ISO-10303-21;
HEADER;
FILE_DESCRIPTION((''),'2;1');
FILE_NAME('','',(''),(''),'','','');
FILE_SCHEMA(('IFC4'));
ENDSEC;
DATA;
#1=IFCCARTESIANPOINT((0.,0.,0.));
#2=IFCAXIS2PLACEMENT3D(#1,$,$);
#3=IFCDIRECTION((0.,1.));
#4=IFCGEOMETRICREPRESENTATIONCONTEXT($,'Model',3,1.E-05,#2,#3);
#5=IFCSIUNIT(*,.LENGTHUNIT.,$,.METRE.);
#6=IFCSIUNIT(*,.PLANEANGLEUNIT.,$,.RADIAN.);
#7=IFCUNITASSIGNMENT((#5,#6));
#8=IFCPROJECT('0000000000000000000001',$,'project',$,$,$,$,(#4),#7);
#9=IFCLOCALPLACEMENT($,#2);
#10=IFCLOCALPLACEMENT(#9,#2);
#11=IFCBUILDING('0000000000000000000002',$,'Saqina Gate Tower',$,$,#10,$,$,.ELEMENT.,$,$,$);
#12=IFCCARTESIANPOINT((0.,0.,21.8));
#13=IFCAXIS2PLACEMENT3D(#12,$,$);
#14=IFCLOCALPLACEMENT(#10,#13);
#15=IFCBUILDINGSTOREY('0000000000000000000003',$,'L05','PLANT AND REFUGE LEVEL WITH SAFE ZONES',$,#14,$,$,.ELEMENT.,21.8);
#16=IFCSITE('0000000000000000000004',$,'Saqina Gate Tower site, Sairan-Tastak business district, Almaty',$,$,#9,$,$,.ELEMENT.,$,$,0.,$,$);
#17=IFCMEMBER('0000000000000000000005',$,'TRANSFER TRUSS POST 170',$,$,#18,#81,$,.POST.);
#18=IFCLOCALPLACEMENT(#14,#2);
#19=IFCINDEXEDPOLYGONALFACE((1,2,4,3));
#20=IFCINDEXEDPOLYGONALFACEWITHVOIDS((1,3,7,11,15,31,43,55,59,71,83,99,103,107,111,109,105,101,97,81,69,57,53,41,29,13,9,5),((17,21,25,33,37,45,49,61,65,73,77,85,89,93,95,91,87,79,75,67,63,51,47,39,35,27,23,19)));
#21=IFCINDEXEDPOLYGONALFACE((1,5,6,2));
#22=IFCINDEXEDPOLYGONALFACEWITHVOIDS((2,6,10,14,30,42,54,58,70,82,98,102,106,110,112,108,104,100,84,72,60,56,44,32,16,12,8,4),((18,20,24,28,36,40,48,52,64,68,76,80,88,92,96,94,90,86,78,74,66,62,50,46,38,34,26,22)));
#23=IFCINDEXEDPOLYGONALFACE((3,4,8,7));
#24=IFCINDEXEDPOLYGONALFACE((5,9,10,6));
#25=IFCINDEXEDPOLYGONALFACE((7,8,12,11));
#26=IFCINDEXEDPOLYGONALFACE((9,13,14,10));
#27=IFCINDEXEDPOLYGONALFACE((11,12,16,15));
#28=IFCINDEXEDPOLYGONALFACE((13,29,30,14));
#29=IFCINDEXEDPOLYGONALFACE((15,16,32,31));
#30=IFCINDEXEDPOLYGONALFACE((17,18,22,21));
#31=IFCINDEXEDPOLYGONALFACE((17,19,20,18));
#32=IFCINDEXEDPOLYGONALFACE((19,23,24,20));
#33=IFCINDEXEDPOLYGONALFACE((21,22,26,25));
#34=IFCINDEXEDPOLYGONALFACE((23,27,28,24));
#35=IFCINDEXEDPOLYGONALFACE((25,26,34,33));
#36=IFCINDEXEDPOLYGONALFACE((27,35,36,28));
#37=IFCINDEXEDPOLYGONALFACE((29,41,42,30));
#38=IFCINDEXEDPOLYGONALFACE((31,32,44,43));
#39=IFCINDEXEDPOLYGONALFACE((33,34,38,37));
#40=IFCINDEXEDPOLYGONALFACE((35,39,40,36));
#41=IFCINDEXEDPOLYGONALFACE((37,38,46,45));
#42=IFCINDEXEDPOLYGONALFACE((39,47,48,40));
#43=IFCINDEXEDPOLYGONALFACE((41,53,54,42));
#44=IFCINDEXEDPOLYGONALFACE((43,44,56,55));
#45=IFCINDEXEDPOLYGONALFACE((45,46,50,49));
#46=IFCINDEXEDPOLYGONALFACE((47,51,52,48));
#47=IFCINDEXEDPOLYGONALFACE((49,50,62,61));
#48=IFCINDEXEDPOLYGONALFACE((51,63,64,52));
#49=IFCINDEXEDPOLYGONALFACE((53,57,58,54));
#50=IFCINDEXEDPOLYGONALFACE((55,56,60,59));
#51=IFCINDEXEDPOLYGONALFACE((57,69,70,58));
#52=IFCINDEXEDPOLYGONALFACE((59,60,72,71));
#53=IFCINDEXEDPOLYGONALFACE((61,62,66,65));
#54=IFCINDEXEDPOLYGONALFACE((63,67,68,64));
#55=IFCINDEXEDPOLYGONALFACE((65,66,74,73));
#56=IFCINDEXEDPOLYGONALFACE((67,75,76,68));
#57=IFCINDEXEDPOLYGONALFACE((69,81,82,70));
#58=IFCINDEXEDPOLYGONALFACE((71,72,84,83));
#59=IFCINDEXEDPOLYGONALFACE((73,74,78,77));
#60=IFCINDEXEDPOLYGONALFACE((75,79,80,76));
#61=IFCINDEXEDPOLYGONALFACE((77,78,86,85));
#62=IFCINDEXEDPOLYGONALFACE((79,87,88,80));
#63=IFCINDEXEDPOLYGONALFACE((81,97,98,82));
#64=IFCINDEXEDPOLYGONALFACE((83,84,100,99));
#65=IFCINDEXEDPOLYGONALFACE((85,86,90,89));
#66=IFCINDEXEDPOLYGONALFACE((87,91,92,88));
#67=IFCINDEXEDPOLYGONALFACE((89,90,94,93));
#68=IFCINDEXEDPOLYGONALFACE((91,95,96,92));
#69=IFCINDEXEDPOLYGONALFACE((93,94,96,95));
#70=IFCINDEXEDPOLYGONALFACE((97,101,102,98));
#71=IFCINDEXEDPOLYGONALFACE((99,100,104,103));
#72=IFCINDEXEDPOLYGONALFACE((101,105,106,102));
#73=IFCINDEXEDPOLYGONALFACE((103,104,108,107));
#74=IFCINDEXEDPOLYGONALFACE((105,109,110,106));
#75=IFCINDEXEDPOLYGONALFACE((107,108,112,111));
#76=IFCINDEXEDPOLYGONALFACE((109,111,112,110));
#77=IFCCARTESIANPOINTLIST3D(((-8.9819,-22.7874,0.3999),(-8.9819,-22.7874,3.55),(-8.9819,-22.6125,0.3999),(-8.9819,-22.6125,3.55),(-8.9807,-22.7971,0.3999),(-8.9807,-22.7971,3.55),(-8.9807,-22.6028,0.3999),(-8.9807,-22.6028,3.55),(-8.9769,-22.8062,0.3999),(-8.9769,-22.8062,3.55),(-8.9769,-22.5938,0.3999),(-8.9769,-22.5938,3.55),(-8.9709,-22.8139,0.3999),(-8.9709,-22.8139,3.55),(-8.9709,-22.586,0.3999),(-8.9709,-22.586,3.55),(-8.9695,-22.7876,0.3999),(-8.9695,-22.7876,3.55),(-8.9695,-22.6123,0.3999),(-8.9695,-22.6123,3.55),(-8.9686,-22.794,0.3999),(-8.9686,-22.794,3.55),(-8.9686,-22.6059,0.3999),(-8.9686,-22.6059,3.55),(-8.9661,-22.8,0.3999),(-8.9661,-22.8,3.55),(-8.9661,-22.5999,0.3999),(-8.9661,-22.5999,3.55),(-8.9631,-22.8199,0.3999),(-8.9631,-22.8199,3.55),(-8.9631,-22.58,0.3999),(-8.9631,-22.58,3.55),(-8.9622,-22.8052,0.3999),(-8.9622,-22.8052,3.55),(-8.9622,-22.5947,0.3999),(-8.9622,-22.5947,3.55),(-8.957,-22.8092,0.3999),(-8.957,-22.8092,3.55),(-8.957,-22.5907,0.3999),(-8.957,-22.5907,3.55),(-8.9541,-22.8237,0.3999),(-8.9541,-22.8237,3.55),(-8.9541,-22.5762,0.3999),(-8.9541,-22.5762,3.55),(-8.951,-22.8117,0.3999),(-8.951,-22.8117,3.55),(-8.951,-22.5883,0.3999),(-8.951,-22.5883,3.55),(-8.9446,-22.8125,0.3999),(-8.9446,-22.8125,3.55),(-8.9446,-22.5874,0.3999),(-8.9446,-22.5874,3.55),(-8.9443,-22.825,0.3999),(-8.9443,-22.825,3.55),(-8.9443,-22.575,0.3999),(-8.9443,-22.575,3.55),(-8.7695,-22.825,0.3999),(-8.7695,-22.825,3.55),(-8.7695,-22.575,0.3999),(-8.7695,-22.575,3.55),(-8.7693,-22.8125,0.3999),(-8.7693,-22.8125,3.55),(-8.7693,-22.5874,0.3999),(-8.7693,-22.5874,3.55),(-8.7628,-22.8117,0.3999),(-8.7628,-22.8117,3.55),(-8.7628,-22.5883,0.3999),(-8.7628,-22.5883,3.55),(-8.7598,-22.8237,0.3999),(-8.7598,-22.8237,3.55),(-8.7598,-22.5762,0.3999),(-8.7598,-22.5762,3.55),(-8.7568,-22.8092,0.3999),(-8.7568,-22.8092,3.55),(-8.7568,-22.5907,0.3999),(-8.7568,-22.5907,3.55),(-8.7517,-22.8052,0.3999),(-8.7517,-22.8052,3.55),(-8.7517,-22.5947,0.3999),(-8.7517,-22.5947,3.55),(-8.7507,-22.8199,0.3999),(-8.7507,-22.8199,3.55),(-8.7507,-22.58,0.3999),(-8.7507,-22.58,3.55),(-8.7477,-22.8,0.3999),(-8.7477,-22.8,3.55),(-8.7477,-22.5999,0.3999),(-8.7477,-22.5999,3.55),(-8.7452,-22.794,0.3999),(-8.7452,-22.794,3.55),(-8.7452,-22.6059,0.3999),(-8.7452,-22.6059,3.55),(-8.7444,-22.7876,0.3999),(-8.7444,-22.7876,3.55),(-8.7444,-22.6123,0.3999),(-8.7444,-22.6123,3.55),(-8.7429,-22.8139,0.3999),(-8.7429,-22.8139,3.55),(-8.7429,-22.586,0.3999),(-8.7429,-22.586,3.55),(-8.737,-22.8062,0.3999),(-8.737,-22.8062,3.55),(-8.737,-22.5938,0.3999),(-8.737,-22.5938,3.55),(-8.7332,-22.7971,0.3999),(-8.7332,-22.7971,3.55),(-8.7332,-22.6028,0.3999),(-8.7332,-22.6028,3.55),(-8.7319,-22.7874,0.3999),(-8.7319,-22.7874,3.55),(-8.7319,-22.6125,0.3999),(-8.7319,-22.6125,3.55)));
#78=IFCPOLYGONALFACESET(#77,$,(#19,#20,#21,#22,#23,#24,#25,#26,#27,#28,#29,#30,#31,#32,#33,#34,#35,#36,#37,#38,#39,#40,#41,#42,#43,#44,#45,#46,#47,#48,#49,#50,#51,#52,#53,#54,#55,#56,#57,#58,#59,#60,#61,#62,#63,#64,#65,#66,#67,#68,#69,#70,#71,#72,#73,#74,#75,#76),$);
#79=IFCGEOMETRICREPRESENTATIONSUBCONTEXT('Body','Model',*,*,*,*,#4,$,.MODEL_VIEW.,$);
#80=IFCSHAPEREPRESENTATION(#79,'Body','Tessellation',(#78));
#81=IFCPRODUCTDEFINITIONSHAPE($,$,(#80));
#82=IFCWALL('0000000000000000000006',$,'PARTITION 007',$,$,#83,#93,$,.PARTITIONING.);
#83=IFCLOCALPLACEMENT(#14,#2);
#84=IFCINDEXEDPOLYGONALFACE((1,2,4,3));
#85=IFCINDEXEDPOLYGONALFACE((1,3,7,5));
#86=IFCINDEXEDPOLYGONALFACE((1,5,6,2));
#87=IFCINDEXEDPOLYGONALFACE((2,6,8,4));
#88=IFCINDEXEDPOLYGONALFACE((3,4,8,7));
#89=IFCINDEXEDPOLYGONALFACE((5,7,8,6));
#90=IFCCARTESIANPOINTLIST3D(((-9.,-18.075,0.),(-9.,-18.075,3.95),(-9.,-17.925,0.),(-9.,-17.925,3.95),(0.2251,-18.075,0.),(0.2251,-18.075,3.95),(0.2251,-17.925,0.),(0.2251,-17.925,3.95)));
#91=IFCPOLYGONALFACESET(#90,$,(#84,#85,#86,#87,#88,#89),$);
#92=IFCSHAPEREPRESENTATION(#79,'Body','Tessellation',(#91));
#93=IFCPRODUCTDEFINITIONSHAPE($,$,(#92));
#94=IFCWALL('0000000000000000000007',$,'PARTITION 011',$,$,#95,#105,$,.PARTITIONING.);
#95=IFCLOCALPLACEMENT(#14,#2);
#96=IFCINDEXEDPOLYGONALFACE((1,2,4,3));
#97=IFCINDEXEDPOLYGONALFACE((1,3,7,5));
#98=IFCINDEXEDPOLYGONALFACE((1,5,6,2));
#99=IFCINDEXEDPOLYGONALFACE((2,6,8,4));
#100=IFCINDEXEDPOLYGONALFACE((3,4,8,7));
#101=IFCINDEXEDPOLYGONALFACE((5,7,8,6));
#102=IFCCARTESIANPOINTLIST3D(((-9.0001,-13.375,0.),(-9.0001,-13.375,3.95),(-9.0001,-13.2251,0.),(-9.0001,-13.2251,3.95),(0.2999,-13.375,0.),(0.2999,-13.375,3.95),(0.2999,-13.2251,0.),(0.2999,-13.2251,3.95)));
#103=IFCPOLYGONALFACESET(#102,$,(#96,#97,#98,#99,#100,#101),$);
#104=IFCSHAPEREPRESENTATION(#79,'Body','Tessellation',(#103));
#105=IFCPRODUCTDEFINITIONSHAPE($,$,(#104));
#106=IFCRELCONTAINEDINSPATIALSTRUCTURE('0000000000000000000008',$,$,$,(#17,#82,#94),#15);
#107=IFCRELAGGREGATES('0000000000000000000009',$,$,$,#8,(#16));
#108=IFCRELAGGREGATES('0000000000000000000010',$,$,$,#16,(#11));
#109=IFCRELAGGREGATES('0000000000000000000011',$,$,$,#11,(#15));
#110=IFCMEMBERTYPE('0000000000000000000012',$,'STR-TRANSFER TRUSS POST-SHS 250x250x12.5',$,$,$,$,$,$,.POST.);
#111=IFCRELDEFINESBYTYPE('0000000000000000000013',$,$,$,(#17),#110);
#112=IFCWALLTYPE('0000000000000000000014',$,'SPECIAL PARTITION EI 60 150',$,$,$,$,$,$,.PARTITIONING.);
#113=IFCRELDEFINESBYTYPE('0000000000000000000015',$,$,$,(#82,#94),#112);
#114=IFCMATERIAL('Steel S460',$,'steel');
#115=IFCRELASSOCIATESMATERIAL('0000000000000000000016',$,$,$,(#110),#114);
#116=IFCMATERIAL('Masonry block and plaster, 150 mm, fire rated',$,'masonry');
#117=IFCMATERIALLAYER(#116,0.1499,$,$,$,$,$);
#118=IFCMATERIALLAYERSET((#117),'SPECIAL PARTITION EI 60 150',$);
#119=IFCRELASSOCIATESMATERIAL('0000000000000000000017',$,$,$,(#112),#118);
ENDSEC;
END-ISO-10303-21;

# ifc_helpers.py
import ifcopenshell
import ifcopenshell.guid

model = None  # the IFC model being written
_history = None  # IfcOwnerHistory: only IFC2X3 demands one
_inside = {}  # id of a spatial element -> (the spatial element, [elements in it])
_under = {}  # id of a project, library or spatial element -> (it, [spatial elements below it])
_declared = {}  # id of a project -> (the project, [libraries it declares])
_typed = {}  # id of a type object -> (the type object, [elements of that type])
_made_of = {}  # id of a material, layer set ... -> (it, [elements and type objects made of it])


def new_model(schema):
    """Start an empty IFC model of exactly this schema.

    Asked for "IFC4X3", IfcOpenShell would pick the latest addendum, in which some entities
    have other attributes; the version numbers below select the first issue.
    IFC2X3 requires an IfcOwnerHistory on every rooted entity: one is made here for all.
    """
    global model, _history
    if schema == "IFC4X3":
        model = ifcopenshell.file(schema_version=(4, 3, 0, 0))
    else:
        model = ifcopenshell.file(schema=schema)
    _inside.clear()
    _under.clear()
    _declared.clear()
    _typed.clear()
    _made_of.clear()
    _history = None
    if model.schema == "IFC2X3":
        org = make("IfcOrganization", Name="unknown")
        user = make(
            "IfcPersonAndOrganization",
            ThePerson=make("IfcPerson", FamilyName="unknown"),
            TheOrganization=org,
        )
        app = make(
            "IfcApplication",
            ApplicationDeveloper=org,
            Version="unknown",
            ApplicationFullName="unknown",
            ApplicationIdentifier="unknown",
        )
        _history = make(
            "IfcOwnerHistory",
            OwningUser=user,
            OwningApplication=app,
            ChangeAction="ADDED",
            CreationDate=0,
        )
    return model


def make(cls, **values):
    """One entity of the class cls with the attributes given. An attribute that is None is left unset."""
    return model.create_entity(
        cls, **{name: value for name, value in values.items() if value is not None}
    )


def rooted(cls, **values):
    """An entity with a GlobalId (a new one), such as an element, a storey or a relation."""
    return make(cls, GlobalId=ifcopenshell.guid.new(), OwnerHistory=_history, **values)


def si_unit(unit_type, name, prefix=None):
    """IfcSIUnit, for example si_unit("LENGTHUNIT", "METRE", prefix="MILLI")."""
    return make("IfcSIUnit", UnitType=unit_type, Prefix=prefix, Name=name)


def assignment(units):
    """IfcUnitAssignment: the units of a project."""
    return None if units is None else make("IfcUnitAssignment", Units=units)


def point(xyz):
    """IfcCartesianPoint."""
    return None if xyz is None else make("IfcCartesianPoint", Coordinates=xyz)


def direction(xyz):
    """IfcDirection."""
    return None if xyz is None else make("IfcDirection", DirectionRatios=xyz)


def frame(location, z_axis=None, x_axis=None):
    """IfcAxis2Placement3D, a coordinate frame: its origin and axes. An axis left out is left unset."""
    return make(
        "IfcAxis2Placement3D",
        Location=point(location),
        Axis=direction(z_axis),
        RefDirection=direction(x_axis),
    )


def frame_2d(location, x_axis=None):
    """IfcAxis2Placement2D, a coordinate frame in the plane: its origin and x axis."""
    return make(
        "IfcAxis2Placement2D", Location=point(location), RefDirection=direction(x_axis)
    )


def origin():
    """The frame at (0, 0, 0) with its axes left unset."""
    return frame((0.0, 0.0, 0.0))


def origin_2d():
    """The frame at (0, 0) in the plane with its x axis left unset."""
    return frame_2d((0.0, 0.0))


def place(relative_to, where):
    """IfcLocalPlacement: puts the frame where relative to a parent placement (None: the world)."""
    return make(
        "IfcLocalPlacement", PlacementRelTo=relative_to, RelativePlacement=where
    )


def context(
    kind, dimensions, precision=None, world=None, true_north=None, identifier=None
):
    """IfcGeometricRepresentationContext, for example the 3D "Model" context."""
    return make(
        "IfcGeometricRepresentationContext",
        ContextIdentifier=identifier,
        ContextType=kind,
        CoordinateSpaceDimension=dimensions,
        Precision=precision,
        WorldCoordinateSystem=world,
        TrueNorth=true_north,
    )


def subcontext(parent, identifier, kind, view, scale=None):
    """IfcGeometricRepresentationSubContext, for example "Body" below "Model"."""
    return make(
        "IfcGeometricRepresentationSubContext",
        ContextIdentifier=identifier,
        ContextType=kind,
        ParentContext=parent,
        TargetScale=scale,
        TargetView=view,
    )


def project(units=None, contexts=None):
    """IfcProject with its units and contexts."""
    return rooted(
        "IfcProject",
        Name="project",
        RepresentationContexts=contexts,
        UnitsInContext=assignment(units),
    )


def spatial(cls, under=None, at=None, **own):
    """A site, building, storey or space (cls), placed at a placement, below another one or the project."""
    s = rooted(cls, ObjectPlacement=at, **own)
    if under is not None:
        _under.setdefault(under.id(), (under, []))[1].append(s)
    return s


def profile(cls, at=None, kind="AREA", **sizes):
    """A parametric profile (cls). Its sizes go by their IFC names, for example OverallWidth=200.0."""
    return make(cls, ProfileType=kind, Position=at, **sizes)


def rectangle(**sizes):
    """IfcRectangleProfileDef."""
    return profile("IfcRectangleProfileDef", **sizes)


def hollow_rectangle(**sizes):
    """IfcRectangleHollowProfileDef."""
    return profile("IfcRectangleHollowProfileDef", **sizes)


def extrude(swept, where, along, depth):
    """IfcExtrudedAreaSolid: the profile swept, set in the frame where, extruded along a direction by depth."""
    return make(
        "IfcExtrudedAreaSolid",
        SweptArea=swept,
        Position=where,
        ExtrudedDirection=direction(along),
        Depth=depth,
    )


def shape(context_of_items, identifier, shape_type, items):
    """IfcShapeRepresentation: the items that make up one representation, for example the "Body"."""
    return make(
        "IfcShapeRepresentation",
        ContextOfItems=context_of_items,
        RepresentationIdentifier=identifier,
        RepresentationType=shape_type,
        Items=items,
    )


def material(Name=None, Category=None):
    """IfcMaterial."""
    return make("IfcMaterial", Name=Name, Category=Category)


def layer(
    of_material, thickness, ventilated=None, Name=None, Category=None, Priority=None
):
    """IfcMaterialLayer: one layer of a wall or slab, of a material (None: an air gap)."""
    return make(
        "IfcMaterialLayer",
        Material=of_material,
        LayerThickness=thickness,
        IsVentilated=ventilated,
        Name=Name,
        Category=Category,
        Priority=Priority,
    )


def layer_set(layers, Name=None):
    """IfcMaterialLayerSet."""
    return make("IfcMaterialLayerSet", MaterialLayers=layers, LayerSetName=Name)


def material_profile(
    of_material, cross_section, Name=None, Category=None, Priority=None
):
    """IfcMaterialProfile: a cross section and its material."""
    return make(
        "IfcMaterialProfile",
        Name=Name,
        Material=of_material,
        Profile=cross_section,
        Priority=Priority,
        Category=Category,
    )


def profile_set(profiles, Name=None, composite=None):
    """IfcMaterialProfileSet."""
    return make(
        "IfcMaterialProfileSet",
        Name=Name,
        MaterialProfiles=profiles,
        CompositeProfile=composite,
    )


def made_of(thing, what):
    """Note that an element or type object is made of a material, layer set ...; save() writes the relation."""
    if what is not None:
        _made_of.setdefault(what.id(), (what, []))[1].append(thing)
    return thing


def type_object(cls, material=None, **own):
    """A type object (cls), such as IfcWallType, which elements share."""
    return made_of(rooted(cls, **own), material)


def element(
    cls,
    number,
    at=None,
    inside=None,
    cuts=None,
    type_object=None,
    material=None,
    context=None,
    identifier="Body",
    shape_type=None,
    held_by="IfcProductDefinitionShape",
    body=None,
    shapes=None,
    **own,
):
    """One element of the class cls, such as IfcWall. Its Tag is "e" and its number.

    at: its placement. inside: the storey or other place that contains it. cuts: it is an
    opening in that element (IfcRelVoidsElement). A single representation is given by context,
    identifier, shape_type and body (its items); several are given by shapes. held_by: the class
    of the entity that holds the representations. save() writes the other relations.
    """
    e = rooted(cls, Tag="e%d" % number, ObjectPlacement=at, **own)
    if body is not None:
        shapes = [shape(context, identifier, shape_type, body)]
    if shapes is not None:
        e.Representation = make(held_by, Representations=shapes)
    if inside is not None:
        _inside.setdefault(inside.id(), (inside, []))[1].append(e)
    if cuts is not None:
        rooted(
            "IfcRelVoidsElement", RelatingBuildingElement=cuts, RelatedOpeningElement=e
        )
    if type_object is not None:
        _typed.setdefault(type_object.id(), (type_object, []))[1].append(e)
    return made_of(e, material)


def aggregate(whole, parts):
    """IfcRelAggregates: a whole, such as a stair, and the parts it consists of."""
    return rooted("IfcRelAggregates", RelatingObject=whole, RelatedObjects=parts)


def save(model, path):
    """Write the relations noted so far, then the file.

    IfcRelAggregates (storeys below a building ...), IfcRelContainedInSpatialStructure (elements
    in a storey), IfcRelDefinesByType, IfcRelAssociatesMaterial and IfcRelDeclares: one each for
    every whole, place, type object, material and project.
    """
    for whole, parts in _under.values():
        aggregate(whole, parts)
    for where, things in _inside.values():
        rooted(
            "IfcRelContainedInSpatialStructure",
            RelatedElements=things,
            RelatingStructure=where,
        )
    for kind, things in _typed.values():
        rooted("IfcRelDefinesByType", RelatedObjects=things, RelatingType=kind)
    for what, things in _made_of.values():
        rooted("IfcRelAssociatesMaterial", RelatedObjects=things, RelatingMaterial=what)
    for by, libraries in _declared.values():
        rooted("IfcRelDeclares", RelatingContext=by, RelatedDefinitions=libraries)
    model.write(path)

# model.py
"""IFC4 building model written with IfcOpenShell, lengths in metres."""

from ifc_helpers import new_model, si_unit, direction, frame, frame_2d, origin, origin_2d, place, context, subcontext, project, spatial, rectangle, hollow_rectangle, extrude, material, layer, layer_set, material_profile, profile_set, type_object, element, save


model = new_model("IFC4")

# Units and contexts
model_context = context("Model", 3, precision=1e-05, world=origin(), true_north=direction((0.0, 1.0)))
body_context = subcontext(model_context, "Body", "Model", "MODEL_VIEW")
ifc_project = project(units=[si_unit("LENGTHUNIT", "METRE"), si_unit("PLANEANGLEUNIT", "RADIAN")], contexts=[model_context])

# Site, building, storey
site_placement = place(None, origin())
site = spatial("IfcSite", under=ifc_project, at=site_placement, Name="Saqina Gate Tower site, Sairan-Tastak business district, Almaty", CompositionType="ELEMENT", RefElevation=0.0)
building_placement = place(site_placement, origin())
building = spatial("IfcBuilding", under=site, at=building_placement, Name="Saqina Gate Tower", CompositionType="ELEMENT")
storey_placement = place(building_placement, frame((0.0, 0.0, 21.8)))
storey = spatial("IfcBuildingStorey", under=building, at=storey_placement, Name="L05", Description="PLANT AND REFUGE LEVEL WITH SAFE ZONES", CompositionType="ELEMENT", Elevation=21.8)

# Member
ifc_material_1 = material(Name="Steel S460", Category="steel")
ifc_material_profile_1 = material_profile(ifc_material_1, hollow_rectangle(XDim=0.25, YDim=0.25, WallThickness=0.0125, InnerFilletRadius=0.0249, OuterFilletRadius=0.0376, at=origin_2d()), Name="SHS 250x250x12.5")
ifc_profile_set_1 = profile_set([ifc_material_profile_1], Name="Steel S460")
member_type_1 = type_object("IfcMemberType", Name="STR-TRANSFER TRUSS POST-SHS 250x250x12.5", PredefinedType="POST", material=ifc_profile_set_1)
for number, where, z_axis, x_axis, name in (
    (1, (-8.8569, -22.7, 0.3999), (0.0, 0.0, 1.0), (1.0, 0.0, 0.0), "TRANSFER TRUSS POST 170"),
):
    element("IfcMember", number, at=place(storey_placement, frame(where, z_axis=z_axis, x_axis=x_axis)), inside=storey, type_object=member_type_1, Name=name, PredefinedType="POST", context=body_context, shape_type="SweptSolid", body=[
        extrude(hollow_rectangle(XDim=0.25, YDim=0.25, WallThickness=0.0125, InnerFilletRadius=0.0249, OuterFilletRadius=0.0376, at=origin_2d()), origin(), (0.0, 0.0, 1.0), 3.1501),
    ])

# Walls
ifc_material_2 = material(Name="Masonry block and plaster, 150 mm, fire rated", Category="masonry")
ifc_layer = layer(ifc_material_2, 0.1499)
ifc_layer_set = layer_set([ifc_layer], Name="SPECIAL PARTITION EI 60 150")
wall_type = type_object("IfcWallType", Name="SPECIAL PARTITION EI 60 150", PredefinedType="PARTITIONING", material=ifc_layer_set)
wall_1_placement = place(storey_placement, frame((-9.0, -18.0, 0.0), z_axis=(0.0, 0.0, 1.0), x_axis=(1.0, 0.0, 0.0)))
element("IfcWall", 2, at=wall_1_placement, inside=storey, type_object=wall_type, Name="PARTITION 007", PredefinedType="PARTITIONING", context=body_context, shape_type="SweptSolid", body=[
    extrude(rectangle(XDim=9.2251, YDim=0.1499, at=frame_2d((4.6125, 0.0))), origin(), (0.0, 0.0, 1.0), 3.95),
])
wall_2_placement = place(storey_placement, frame((-9.0, -13.3, 0.0), z_axis=(0.0, 0.0, 1.0), x_axis=(1.0, 0.0, 0.0)))
element("IfcWall", 3, at=wall_2_placement, inside=storey, type_object=wall_type, Name="PARTITION 011", PredefinedType="PARTITIONING", context=body_context, shape_type="SweptSolid", body=[
    extrude(rectangle(XDim=9.3, YDim=0.1499, at=frame_2d((4.6499, 0.0))), origin(), (0.0, 0.0, 1.0), 3.95),
])

save(model, "model.ifc")
